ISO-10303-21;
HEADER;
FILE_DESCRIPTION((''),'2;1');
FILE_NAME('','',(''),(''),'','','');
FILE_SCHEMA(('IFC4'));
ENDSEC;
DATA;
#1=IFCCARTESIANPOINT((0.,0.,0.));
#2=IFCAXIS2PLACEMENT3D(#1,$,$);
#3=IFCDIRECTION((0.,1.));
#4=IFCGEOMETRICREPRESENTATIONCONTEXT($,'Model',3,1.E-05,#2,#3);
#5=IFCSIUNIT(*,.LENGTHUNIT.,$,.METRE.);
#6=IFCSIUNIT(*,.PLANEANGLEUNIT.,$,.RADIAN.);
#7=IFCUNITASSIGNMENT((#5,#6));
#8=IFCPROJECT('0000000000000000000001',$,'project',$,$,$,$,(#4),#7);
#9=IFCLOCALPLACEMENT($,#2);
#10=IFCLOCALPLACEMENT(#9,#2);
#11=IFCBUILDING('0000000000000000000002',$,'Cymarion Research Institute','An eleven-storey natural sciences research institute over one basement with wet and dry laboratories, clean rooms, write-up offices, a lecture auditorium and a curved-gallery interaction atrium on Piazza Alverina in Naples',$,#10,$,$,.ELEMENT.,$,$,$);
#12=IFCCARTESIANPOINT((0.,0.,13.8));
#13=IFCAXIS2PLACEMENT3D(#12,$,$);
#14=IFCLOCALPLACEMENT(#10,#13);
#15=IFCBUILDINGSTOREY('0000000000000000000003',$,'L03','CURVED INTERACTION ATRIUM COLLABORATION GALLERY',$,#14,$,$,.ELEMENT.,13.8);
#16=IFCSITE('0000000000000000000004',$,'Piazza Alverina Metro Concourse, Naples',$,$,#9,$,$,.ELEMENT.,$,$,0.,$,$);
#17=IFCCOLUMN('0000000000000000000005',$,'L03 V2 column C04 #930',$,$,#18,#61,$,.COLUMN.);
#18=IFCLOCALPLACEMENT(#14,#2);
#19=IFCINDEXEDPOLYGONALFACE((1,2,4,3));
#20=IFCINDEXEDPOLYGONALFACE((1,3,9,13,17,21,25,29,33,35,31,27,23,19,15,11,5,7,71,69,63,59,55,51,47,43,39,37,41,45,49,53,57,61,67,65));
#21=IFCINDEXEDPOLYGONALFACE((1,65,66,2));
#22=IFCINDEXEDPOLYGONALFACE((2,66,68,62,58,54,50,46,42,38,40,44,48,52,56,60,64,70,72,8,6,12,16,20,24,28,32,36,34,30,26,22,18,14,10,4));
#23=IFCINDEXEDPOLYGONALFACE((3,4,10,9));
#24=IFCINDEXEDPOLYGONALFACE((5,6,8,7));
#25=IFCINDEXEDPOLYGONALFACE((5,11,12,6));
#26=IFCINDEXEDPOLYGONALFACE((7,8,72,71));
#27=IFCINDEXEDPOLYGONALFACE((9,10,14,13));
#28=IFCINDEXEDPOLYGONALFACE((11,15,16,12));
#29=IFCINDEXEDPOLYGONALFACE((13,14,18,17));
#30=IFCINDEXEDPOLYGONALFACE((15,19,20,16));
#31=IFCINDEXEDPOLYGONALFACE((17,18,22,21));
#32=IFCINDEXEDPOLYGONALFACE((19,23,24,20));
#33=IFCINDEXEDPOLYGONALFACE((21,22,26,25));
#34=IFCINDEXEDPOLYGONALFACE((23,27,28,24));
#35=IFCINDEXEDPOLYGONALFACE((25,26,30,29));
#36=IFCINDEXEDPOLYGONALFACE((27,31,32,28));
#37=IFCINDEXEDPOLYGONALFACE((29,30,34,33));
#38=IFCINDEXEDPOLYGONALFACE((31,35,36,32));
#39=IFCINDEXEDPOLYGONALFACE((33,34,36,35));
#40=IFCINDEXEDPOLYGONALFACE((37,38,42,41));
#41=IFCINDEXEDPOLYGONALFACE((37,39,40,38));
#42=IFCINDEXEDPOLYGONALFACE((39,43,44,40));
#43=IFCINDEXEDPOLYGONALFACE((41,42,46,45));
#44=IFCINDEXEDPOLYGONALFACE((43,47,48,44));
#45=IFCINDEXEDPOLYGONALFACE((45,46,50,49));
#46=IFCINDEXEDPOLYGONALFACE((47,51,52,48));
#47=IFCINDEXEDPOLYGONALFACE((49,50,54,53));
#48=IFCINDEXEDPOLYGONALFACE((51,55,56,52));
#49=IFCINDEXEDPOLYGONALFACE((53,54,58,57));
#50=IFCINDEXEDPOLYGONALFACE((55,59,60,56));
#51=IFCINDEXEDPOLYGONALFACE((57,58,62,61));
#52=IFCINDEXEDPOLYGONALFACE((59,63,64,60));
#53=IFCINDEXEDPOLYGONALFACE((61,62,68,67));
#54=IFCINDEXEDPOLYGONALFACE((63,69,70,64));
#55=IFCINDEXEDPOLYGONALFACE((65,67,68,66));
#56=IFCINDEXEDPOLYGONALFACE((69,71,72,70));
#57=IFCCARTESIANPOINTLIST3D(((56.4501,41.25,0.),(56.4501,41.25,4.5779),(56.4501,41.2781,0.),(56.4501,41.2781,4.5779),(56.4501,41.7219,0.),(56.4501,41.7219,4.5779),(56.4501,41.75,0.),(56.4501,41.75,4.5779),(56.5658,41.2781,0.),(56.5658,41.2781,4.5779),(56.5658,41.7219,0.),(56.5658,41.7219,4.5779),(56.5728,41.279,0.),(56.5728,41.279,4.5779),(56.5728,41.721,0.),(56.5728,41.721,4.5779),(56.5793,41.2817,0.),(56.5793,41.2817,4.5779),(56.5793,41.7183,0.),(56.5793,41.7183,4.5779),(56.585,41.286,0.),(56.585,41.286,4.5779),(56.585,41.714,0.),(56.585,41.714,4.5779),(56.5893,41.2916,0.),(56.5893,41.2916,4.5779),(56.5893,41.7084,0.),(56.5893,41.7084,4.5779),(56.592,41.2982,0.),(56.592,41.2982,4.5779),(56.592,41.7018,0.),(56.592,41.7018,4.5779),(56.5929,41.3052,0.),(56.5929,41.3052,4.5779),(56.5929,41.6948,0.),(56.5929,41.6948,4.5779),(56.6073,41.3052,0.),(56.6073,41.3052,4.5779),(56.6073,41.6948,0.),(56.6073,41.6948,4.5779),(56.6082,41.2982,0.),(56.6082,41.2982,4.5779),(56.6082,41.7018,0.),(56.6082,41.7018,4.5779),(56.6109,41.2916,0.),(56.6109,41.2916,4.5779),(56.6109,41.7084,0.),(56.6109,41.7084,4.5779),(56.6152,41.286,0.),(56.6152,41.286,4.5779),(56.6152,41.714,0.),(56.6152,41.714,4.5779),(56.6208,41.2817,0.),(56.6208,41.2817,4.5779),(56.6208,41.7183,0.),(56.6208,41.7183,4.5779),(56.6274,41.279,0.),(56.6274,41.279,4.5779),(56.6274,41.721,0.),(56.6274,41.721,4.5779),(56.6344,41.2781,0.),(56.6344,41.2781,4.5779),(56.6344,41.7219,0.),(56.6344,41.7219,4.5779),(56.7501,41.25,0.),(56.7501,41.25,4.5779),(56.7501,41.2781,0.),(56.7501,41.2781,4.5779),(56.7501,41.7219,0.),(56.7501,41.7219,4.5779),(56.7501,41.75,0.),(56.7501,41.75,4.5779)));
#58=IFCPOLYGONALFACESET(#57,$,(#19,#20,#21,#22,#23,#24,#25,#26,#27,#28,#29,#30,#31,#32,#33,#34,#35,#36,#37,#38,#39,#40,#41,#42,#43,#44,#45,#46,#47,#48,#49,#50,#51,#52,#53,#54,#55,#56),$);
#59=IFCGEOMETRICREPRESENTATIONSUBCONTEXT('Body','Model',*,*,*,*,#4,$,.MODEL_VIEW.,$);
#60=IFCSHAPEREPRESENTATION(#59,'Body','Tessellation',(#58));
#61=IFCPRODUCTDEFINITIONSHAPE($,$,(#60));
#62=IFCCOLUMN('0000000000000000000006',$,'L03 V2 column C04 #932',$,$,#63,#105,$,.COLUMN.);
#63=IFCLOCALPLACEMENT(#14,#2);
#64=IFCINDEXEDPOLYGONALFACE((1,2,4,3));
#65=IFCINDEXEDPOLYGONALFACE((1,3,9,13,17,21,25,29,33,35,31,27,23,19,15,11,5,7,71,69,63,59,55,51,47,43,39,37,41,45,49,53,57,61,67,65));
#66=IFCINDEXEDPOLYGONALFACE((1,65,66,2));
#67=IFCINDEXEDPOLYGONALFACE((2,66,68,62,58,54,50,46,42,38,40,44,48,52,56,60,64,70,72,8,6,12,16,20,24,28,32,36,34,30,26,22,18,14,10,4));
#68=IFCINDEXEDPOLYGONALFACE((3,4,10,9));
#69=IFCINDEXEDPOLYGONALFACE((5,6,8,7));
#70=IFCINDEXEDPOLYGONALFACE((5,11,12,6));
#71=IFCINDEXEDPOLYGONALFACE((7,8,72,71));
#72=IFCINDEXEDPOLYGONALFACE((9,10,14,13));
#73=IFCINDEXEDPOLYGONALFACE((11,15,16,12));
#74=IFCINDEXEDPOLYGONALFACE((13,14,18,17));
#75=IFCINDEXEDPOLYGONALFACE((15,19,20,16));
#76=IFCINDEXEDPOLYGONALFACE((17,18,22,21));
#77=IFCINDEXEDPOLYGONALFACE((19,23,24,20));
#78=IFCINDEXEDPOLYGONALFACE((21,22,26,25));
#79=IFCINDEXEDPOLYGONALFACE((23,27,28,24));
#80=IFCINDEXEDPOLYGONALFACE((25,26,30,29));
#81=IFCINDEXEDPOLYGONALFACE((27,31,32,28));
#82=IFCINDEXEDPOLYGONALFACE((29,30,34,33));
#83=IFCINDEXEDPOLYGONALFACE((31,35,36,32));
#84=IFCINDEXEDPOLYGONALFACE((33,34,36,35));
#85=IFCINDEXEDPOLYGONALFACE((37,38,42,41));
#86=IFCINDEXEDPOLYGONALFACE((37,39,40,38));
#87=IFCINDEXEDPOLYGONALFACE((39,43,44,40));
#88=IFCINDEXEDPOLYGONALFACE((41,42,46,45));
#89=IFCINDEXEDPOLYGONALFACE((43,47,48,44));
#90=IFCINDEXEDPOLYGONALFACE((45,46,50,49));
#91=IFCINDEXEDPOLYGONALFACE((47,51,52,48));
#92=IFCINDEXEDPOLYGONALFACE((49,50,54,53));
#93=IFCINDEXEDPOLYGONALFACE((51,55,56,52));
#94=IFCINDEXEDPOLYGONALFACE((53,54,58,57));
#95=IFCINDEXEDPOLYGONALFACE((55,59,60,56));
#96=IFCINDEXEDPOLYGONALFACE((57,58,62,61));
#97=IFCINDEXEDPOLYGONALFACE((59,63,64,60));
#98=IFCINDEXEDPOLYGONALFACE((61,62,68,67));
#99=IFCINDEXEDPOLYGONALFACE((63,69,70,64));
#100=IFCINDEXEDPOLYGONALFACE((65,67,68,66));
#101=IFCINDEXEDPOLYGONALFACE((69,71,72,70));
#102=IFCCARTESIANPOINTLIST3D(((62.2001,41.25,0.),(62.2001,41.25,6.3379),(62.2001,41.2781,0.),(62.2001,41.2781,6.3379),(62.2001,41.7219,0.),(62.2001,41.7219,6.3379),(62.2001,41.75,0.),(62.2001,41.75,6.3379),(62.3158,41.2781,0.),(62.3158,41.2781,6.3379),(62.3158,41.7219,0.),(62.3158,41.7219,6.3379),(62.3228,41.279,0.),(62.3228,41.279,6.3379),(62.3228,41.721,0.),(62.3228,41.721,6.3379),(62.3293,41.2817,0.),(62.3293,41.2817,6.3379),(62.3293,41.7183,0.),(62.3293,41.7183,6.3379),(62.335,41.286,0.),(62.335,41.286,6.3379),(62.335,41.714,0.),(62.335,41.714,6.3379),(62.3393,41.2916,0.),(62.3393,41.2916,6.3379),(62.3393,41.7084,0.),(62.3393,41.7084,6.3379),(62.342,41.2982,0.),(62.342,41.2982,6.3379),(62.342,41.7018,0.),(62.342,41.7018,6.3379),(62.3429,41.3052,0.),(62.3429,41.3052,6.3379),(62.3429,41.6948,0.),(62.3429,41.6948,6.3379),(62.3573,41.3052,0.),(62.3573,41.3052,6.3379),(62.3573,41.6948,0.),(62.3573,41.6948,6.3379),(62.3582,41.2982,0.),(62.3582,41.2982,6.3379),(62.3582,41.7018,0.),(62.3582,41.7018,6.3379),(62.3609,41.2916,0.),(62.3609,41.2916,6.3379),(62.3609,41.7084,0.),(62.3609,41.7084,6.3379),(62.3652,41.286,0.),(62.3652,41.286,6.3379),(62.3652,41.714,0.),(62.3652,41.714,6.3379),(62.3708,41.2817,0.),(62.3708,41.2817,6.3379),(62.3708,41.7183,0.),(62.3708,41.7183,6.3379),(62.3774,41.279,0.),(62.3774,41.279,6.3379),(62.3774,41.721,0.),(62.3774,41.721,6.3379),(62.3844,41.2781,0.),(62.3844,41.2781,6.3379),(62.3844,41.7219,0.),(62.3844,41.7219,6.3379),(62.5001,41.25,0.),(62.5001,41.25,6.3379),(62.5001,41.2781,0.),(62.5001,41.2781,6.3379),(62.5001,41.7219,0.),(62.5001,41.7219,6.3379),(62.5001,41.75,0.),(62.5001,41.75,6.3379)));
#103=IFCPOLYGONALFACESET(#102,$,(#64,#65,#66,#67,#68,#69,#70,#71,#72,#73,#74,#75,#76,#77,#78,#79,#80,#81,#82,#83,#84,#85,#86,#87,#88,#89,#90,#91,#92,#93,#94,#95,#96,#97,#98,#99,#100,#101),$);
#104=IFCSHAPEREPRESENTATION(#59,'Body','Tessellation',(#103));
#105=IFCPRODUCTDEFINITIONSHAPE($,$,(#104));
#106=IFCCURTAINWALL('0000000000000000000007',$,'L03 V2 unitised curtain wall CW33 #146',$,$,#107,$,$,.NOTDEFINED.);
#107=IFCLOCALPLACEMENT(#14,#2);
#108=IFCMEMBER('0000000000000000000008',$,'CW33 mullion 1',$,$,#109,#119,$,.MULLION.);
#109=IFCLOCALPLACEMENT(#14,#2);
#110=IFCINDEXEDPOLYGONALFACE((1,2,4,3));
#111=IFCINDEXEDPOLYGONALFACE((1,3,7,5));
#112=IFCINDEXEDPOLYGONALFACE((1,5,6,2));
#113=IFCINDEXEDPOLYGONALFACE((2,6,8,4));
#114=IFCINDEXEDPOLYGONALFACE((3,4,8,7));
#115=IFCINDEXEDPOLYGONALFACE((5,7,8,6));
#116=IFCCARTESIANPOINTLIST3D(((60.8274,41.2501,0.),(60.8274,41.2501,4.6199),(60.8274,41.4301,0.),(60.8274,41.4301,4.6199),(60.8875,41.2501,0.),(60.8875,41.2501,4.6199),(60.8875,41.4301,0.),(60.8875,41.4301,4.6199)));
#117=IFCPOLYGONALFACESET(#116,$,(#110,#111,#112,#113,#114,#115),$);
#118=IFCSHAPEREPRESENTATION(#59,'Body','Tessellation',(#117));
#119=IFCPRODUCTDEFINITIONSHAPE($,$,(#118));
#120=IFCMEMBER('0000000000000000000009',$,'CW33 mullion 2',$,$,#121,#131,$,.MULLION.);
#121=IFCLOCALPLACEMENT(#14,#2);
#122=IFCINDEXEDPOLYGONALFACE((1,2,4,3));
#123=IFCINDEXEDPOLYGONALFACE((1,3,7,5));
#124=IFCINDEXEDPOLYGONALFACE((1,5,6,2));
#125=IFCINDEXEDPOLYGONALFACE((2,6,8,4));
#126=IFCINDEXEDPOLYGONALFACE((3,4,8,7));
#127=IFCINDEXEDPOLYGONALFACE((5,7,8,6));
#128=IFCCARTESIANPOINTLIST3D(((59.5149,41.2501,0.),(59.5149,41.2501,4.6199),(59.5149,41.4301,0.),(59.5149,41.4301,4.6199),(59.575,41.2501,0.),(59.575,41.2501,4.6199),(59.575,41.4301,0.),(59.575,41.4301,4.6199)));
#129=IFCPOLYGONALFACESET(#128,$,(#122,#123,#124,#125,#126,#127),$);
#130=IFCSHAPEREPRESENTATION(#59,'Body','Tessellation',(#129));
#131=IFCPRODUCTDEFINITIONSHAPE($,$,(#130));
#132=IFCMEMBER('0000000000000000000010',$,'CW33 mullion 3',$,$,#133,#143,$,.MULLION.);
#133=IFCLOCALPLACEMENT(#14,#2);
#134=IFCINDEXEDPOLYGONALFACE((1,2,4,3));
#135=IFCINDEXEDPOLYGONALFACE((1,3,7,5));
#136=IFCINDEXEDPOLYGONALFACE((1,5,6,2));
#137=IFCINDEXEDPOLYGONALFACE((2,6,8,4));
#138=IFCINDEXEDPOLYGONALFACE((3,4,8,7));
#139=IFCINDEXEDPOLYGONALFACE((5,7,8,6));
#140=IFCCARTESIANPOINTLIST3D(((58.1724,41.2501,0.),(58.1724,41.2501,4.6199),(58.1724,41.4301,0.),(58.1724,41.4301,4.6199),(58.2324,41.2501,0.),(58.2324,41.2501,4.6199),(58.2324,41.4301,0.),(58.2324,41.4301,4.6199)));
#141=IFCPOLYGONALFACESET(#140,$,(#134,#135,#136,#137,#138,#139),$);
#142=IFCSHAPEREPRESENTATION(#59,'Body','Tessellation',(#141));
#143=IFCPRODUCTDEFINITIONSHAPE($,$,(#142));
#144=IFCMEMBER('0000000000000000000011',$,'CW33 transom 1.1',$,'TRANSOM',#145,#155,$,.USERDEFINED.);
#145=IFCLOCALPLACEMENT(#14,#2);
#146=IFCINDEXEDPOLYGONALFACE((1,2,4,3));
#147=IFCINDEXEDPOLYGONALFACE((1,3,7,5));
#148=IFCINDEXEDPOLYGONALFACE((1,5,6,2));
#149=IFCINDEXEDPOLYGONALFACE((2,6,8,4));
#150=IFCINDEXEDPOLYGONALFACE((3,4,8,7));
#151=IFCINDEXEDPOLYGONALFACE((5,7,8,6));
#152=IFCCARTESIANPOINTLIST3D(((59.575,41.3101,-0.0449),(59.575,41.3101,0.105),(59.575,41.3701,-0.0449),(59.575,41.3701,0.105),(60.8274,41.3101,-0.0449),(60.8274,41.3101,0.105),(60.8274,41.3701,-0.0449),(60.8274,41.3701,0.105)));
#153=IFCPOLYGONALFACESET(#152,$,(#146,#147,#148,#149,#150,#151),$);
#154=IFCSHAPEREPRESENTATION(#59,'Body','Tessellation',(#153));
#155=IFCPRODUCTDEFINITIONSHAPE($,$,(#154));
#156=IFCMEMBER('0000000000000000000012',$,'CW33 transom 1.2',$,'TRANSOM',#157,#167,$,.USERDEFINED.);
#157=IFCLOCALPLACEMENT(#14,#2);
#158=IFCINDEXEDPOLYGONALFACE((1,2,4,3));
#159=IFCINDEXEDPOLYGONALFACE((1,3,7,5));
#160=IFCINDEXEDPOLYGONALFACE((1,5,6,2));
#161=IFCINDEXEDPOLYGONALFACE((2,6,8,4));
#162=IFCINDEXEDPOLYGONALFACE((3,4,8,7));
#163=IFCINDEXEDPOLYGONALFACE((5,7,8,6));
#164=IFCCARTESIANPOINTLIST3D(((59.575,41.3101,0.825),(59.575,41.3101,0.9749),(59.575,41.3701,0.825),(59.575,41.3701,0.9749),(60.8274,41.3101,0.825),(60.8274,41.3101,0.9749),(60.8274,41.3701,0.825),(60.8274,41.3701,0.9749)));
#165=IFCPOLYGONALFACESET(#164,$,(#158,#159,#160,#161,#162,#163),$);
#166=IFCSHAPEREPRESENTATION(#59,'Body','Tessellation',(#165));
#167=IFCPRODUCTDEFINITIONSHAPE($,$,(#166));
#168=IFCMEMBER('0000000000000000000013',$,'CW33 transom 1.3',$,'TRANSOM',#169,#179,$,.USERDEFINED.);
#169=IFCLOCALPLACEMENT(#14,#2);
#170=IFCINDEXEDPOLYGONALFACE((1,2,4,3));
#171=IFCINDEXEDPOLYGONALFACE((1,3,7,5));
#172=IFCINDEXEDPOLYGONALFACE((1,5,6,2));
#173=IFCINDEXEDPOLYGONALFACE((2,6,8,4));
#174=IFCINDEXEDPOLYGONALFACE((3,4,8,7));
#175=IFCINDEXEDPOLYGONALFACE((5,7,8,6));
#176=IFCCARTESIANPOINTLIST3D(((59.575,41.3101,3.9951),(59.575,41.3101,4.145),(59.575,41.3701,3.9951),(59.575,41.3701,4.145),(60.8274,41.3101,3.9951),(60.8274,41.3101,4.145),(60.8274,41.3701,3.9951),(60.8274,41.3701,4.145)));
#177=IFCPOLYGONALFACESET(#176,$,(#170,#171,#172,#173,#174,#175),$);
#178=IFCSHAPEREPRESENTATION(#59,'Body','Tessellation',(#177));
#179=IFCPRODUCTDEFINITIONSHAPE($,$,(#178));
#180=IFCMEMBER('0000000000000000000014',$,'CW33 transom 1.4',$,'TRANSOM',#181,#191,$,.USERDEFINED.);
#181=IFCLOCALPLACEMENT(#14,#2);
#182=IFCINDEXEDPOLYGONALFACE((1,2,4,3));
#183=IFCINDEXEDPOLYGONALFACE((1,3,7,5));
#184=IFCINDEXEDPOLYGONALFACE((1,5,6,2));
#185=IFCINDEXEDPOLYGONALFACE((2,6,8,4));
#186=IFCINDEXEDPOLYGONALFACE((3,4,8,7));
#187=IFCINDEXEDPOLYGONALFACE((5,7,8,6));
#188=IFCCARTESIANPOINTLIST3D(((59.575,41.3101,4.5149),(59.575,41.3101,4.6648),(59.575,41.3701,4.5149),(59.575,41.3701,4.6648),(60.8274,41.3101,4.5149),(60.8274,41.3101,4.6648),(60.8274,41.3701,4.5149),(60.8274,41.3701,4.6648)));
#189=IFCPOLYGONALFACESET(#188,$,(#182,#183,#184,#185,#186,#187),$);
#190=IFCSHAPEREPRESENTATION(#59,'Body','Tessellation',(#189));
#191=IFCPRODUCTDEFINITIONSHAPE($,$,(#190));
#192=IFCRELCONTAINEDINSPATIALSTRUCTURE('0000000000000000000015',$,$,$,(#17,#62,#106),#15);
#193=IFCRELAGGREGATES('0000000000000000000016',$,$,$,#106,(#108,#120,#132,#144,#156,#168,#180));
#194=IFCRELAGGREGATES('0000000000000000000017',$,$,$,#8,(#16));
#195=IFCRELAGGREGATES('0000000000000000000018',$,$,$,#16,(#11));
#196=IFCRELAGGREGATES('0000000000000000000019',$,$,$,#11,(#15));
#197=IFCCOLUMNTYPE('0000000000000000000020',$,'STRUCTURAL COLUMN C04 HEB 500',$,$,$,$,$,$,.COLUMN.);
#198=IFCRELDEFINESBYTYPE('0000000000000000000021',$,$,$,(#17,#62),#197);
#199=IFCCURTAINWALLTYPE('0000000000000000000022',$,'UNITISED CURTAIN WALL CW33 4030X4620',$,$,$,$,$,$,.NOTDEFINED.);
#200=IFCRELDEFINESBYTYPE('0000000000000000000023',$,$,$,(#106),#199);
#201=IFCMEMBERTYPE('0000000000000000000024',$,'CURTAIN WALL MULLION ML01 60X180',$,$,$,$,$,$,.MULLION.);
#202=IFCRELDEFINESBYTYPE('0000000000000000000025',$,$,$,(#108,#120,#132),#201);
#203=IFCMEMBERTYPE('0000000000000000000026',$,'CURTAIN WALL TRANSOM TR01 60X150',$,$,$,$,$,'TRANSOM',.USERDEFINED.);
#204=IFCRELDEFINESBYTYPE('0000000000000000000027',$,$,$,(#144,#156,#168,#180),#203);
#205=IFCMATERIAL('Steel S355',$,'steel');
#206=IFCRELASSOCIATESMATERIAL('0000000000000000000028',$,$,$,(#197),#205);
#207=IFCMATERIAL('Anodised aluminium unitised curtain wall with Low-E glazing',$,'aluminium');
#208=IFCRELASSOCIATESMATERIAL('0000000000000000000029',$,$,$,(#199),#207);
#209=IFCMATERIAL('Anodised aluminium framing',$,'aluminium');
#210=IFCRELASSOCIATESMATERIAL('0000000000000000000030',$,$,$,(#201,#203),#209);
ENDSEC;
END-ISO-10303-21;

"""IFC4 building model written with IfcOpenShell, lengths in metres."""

from ifc_helpers import new_model, si_unit, direction, frame, origin, origin_2d, place, context, subcontext, project, spatial, rectangle, i_section, extrude, material, material_profile, profile_set, type_object, element, aggregate, save


model = new_model("IFC4")

# Units and contexts
model_context = context("Model", 3, precision=1e-05, world=origin(), true_north=direction((0.0, 1.0)))
body_context = subcontext(model_context, "Body", "Model", "MODEL_VIEW")
ifc_project = project(units=[si_unit("LENGTHUNIT", "METRE"), si_unit("PLANEANGLEUNIT", "RADIAN")], contexts=[model_context])

# Site, building, storey
site_placement = place(None, origin())
site = spatial("IfcSite", under=ifc_project, at=site_placement, Name="Piazza Alverina Metro Concourse, Naples", CompositionType="ELEMENT", RefElevation=0.0)
building_placement = place(site_placement, origin())
building = spatial("IfcBuilding", under=site, at=building_placement, Name="Cymarion Research Institute", Description="An eleven-storey natural sciences research institute over one basement with wet and dry laboratories, clean rooms, write-up offices, a lecture auditorium and a curved-gallery interaction atrium on Piazza Alverina in Naples", CompositionType="ELEMENT")
storey_placement = place(building_placement, frame((0.0, 0.0, 13.8)))
storey = spatial("IfcBuildingStorey", under=building, at=storey_placement, Name="L03", Description="CURVED INTERACTION ATRIUM COLLABORATION GALLERY", CompositionType="ELEMENT", Elevation=13.8)

# Columns
ifc_material_1 = material(Name="Steel S355", Category="steel")
ifc_material_profile_1 = material_profile(ifc_material_1, i_section(OverallWidth=0.3, OverallDepth=0.5, WebThickness=0.0144, FlangeThickness=0.0281, FilletRadius=0.0271, at=origin_2d()), Name="HEB 500")
ifc_profile_set_1 = profile_set([ifc_material_profile_1], Name="Steel S355")
column_type = type_object("IfcColumnType", Name="STRUCTURAL COLUMN C04 HEB 500", PredefinedType="COLUMN", material=ifc_profile_set_1)
column_1_placement = place(storey_placement, frame((56.6001, 41.5, 0.0), z_axis=(0.0, 0.0, 1.0), x_axis=(1.0, 0.0, 0.0)))
element("IfcColumn", 1, at=column_1_placement, inside=storey, type_object=column_type, Name="L03 V2 column C04 #930", PredefinedType="COLUMN", context=body_context, shape_type="SweptSolid", body=[
    extrude(i_section(OverallWidth=0.3, OverallDepth=0.5, WebThickness=0.0144, FlangeThickness=0.0281, FilletRadius=0.0271, at=origin_2d()), origin(), (0.0, 0.0, 1.0), 4.5779),
])
column_2_placement = place(storey_placement, frame((62.3501, 41.5, 0.0), z_axis=(0.0, 0.0, 1.0), x_axis=(1.0, 0.0, 0.0)))
element("IfcColumn", 2, at=column_2_placement, inside=storey, type_object=column_type, Name="L03 V2 column C04 #932", PredefinedType="COLUMN", context=body_context, shape_type="SweptSolid", body=[
    extrude(i_section(OverallWidth=0.3, OverallDepth=0.5, WebThickness=0.0144, FlangeThickness=0.0281, FilletRadius=0.0271, at=origin_2d()), origin(), (0.0, 0.0, 1.0), 6.3379),
])

# Curtain wall, members
ifc_material_2 = material(Name="Anodised aluminium unitised curtain wall with Low-E glazing", Category="aluminium")
curtain_wall_type = type_object("IfcCurtainWallType", Name="UNITISED CURTAIN WALL CW33 4030X4620", PredefinedType="NOTDEFINED", material=ifc_material_2)
curtain_wall_placement = place(storey_placement, origin())
curtain_wall = element("IfcCurtainWall", 3, at=curtain_wall_placement, inside=storey, type_object=curtain_wall_type, Name="L03 V2 unitised curtain wall CW33 #146", PredefinedType="NOTDEFINED")
ifc_material_3 = material(Name="Anodised aluminium framing", Category="aluminium")
ifc_material_profile_2 = material_profile(ifc_material_3, rectangle(XDim=0.0601, YDim=0.1799, at=origin_2d()), Name="ALU MULLION 60x180")
ifc_profile_set_2 = profile_set([ifc_material_profile_2], Name="Anodised aluminium framing")
member_type_1 = type_object("IfcMemberType", Name="CURTAIN WALL MULLION ML01 60X180", PredefinedType="MULLION", material=ifc_profile_set_2)
member_1_placement = place(storey_placement, frame((60.8574, 41.3401, 0.0), z_axis=(0.0, 0.0, 1.0), x_axis=(-1.0, 0.0, 0.0)))
member_1 = element("IfcMember", 4, at=member_1_placement, type_object=member_type_1, Name="CW33 mullion 1", PredefinedType="MULLION", context=body_context, shape_type="SweptSolid", body=[
    extrude(rectangle(XDim=0.0601, YDim=0.1799, at=origin_2d()), origin(), (0.0, 0.0, 1.0), 4.6199),
])
member_2_placement = place(storey_placement, frame((59.5449, 41.3401, 0.0), z_axis=(0.0, 0.0, 1.0), x_axis=(-1.0, 0.0, 0.0)))
member_2 = element("IfcMember", 5, at=member_2_placement, type_object=member_type_1, Name="CW33 mullion 2", PredefinedType="MULLION", context=body_context, shape_type="SweptSolid", body=[
    extrude(rectangle(XDim=0.0601, YDim=0.1799, at=origin_2d()), origin(), (0.0, 0.0, 1.0), 4.6199),
])
member_3_placement = place(storey_placement, frame((58.2024, 41.3401, 0.0), z_axis=(0.0, 0.0, 1.0), x_axis=(-1.0, 0.0, 0.0)))
member_3 = element("IfcMember", 6, at=member_3_placement, type_object=member_type_1, Name="CW33 mullion 3", PredefinedType="MULLION", context=body_context, shape_type="SweptSolid", body=[
    extrude(rectangle(XDim=0.0601, YDim=0.1799, at=origin_2d()), origin(), (0.0, 0.0, 1.0), 4.6199),
])
ifc_material_profile_3 = material_profile(ifc_material_3, rectangle(XDim=0.0601, YDim=0.1499, at=origin_2d()), Name="ALU TRANSOM 60x150")
ifc_profile_set_3 = profile_set([ifc_material_profile_3], Name="Anodised aluminium framing")
member_type_2 = type_object("IfcMemberType", Name="CURTAIN WALL TRANSOM TR01 60X150", ElementType="TRANSOM", PredefinedType="USERDEFINED", material=ifc_profile_set_3)
member_4_placement = place(storey_placement, frame((60.8274, 41.3401, 0.03), z_axis=(-1.0, 0.0, 0.0), x_axis=(0.0, -1.0, 0.0)))
member_4 = element("IfcMember", 7, at=member_4_placement, type_object=member_type_2, Name="CW33 transom 1.1", ObjectType="TRANSOM", PredefinedType="USERDEFINED", context=body_context, shape_type="SweptSolid", body=[
    extrude(rectangle(XDim=0.0601, YDim=0.1499, at=origin_2d()), origin(), (0.0, 0.0, 1.0), 1.2524),
])
member_5_placement = place(storey_placement, frame((60.8274, 41.3401, 0.8999), z_axis=(-1.0, 0.0, 0.0), x_axis=(0.0, -1.0, 0.0)))
member_5 = element("IfcMember", 8, at=member_5_placement, type_object=member_type_2, Name="CW33 transom 1.2", ObjectType="TRANSOM", PredefinedType="USERDEFINED", context=body_context, shape_type="SweptSolid", body=[
    extrude(rectangle(XDim=0.0601, YDim=0.1499, at=origin_2d()), origin(), (0.0, 0.0, 1.0), 1.2524),
])
member_6_placement = place(storey_placement, frame((60.8274, 41.3401, 4.0701), z_axis=(-1.0, 0.0, 0.0), x_axis=(0.0, -1.0, 0.0)))
member_6 = element("IfcMember", 9, at=member_6_placement, type_object=member_type_2, Name="CW33 transom 1.3", ObjectType="TRANSOM", PredefinedType="USERDEFINED", context=body_context, shape_type="SweptSolid", body=[
    extrude(rectangle(XDim=0.0601, YDim=0.1499, at=origin_2d()), origin(), (0.0, 0.0, 1.0), 1.2524),
])
member_7_placement = place(storey_placement, frame((60.8274, 41.3401, 4.5898), z_axis=(-1.0, 0.0, 0.0), x_axis=(0.0, -1.0, 0.0)))
member_7 = element("IfcMember", 10, at=member_7_placement, type_object=member_type_2, Name="CW33 transom 1.4", ObjectType="TRANSOM", PredefinedType="USERDEFINED", context=body_context, shape_type="SweptSolid", body=[
    extrude(rectangle(XDim=0.0601, YDim=0.1499, at=origin_2d()), origin(), (0.0, 0.0, 1.0), 1.2524),
])

aggregate(curtain_wall, [member_1, member_2, member_3, member_4, member_5, member_6, member_7])

save(model, "model.ifc")
